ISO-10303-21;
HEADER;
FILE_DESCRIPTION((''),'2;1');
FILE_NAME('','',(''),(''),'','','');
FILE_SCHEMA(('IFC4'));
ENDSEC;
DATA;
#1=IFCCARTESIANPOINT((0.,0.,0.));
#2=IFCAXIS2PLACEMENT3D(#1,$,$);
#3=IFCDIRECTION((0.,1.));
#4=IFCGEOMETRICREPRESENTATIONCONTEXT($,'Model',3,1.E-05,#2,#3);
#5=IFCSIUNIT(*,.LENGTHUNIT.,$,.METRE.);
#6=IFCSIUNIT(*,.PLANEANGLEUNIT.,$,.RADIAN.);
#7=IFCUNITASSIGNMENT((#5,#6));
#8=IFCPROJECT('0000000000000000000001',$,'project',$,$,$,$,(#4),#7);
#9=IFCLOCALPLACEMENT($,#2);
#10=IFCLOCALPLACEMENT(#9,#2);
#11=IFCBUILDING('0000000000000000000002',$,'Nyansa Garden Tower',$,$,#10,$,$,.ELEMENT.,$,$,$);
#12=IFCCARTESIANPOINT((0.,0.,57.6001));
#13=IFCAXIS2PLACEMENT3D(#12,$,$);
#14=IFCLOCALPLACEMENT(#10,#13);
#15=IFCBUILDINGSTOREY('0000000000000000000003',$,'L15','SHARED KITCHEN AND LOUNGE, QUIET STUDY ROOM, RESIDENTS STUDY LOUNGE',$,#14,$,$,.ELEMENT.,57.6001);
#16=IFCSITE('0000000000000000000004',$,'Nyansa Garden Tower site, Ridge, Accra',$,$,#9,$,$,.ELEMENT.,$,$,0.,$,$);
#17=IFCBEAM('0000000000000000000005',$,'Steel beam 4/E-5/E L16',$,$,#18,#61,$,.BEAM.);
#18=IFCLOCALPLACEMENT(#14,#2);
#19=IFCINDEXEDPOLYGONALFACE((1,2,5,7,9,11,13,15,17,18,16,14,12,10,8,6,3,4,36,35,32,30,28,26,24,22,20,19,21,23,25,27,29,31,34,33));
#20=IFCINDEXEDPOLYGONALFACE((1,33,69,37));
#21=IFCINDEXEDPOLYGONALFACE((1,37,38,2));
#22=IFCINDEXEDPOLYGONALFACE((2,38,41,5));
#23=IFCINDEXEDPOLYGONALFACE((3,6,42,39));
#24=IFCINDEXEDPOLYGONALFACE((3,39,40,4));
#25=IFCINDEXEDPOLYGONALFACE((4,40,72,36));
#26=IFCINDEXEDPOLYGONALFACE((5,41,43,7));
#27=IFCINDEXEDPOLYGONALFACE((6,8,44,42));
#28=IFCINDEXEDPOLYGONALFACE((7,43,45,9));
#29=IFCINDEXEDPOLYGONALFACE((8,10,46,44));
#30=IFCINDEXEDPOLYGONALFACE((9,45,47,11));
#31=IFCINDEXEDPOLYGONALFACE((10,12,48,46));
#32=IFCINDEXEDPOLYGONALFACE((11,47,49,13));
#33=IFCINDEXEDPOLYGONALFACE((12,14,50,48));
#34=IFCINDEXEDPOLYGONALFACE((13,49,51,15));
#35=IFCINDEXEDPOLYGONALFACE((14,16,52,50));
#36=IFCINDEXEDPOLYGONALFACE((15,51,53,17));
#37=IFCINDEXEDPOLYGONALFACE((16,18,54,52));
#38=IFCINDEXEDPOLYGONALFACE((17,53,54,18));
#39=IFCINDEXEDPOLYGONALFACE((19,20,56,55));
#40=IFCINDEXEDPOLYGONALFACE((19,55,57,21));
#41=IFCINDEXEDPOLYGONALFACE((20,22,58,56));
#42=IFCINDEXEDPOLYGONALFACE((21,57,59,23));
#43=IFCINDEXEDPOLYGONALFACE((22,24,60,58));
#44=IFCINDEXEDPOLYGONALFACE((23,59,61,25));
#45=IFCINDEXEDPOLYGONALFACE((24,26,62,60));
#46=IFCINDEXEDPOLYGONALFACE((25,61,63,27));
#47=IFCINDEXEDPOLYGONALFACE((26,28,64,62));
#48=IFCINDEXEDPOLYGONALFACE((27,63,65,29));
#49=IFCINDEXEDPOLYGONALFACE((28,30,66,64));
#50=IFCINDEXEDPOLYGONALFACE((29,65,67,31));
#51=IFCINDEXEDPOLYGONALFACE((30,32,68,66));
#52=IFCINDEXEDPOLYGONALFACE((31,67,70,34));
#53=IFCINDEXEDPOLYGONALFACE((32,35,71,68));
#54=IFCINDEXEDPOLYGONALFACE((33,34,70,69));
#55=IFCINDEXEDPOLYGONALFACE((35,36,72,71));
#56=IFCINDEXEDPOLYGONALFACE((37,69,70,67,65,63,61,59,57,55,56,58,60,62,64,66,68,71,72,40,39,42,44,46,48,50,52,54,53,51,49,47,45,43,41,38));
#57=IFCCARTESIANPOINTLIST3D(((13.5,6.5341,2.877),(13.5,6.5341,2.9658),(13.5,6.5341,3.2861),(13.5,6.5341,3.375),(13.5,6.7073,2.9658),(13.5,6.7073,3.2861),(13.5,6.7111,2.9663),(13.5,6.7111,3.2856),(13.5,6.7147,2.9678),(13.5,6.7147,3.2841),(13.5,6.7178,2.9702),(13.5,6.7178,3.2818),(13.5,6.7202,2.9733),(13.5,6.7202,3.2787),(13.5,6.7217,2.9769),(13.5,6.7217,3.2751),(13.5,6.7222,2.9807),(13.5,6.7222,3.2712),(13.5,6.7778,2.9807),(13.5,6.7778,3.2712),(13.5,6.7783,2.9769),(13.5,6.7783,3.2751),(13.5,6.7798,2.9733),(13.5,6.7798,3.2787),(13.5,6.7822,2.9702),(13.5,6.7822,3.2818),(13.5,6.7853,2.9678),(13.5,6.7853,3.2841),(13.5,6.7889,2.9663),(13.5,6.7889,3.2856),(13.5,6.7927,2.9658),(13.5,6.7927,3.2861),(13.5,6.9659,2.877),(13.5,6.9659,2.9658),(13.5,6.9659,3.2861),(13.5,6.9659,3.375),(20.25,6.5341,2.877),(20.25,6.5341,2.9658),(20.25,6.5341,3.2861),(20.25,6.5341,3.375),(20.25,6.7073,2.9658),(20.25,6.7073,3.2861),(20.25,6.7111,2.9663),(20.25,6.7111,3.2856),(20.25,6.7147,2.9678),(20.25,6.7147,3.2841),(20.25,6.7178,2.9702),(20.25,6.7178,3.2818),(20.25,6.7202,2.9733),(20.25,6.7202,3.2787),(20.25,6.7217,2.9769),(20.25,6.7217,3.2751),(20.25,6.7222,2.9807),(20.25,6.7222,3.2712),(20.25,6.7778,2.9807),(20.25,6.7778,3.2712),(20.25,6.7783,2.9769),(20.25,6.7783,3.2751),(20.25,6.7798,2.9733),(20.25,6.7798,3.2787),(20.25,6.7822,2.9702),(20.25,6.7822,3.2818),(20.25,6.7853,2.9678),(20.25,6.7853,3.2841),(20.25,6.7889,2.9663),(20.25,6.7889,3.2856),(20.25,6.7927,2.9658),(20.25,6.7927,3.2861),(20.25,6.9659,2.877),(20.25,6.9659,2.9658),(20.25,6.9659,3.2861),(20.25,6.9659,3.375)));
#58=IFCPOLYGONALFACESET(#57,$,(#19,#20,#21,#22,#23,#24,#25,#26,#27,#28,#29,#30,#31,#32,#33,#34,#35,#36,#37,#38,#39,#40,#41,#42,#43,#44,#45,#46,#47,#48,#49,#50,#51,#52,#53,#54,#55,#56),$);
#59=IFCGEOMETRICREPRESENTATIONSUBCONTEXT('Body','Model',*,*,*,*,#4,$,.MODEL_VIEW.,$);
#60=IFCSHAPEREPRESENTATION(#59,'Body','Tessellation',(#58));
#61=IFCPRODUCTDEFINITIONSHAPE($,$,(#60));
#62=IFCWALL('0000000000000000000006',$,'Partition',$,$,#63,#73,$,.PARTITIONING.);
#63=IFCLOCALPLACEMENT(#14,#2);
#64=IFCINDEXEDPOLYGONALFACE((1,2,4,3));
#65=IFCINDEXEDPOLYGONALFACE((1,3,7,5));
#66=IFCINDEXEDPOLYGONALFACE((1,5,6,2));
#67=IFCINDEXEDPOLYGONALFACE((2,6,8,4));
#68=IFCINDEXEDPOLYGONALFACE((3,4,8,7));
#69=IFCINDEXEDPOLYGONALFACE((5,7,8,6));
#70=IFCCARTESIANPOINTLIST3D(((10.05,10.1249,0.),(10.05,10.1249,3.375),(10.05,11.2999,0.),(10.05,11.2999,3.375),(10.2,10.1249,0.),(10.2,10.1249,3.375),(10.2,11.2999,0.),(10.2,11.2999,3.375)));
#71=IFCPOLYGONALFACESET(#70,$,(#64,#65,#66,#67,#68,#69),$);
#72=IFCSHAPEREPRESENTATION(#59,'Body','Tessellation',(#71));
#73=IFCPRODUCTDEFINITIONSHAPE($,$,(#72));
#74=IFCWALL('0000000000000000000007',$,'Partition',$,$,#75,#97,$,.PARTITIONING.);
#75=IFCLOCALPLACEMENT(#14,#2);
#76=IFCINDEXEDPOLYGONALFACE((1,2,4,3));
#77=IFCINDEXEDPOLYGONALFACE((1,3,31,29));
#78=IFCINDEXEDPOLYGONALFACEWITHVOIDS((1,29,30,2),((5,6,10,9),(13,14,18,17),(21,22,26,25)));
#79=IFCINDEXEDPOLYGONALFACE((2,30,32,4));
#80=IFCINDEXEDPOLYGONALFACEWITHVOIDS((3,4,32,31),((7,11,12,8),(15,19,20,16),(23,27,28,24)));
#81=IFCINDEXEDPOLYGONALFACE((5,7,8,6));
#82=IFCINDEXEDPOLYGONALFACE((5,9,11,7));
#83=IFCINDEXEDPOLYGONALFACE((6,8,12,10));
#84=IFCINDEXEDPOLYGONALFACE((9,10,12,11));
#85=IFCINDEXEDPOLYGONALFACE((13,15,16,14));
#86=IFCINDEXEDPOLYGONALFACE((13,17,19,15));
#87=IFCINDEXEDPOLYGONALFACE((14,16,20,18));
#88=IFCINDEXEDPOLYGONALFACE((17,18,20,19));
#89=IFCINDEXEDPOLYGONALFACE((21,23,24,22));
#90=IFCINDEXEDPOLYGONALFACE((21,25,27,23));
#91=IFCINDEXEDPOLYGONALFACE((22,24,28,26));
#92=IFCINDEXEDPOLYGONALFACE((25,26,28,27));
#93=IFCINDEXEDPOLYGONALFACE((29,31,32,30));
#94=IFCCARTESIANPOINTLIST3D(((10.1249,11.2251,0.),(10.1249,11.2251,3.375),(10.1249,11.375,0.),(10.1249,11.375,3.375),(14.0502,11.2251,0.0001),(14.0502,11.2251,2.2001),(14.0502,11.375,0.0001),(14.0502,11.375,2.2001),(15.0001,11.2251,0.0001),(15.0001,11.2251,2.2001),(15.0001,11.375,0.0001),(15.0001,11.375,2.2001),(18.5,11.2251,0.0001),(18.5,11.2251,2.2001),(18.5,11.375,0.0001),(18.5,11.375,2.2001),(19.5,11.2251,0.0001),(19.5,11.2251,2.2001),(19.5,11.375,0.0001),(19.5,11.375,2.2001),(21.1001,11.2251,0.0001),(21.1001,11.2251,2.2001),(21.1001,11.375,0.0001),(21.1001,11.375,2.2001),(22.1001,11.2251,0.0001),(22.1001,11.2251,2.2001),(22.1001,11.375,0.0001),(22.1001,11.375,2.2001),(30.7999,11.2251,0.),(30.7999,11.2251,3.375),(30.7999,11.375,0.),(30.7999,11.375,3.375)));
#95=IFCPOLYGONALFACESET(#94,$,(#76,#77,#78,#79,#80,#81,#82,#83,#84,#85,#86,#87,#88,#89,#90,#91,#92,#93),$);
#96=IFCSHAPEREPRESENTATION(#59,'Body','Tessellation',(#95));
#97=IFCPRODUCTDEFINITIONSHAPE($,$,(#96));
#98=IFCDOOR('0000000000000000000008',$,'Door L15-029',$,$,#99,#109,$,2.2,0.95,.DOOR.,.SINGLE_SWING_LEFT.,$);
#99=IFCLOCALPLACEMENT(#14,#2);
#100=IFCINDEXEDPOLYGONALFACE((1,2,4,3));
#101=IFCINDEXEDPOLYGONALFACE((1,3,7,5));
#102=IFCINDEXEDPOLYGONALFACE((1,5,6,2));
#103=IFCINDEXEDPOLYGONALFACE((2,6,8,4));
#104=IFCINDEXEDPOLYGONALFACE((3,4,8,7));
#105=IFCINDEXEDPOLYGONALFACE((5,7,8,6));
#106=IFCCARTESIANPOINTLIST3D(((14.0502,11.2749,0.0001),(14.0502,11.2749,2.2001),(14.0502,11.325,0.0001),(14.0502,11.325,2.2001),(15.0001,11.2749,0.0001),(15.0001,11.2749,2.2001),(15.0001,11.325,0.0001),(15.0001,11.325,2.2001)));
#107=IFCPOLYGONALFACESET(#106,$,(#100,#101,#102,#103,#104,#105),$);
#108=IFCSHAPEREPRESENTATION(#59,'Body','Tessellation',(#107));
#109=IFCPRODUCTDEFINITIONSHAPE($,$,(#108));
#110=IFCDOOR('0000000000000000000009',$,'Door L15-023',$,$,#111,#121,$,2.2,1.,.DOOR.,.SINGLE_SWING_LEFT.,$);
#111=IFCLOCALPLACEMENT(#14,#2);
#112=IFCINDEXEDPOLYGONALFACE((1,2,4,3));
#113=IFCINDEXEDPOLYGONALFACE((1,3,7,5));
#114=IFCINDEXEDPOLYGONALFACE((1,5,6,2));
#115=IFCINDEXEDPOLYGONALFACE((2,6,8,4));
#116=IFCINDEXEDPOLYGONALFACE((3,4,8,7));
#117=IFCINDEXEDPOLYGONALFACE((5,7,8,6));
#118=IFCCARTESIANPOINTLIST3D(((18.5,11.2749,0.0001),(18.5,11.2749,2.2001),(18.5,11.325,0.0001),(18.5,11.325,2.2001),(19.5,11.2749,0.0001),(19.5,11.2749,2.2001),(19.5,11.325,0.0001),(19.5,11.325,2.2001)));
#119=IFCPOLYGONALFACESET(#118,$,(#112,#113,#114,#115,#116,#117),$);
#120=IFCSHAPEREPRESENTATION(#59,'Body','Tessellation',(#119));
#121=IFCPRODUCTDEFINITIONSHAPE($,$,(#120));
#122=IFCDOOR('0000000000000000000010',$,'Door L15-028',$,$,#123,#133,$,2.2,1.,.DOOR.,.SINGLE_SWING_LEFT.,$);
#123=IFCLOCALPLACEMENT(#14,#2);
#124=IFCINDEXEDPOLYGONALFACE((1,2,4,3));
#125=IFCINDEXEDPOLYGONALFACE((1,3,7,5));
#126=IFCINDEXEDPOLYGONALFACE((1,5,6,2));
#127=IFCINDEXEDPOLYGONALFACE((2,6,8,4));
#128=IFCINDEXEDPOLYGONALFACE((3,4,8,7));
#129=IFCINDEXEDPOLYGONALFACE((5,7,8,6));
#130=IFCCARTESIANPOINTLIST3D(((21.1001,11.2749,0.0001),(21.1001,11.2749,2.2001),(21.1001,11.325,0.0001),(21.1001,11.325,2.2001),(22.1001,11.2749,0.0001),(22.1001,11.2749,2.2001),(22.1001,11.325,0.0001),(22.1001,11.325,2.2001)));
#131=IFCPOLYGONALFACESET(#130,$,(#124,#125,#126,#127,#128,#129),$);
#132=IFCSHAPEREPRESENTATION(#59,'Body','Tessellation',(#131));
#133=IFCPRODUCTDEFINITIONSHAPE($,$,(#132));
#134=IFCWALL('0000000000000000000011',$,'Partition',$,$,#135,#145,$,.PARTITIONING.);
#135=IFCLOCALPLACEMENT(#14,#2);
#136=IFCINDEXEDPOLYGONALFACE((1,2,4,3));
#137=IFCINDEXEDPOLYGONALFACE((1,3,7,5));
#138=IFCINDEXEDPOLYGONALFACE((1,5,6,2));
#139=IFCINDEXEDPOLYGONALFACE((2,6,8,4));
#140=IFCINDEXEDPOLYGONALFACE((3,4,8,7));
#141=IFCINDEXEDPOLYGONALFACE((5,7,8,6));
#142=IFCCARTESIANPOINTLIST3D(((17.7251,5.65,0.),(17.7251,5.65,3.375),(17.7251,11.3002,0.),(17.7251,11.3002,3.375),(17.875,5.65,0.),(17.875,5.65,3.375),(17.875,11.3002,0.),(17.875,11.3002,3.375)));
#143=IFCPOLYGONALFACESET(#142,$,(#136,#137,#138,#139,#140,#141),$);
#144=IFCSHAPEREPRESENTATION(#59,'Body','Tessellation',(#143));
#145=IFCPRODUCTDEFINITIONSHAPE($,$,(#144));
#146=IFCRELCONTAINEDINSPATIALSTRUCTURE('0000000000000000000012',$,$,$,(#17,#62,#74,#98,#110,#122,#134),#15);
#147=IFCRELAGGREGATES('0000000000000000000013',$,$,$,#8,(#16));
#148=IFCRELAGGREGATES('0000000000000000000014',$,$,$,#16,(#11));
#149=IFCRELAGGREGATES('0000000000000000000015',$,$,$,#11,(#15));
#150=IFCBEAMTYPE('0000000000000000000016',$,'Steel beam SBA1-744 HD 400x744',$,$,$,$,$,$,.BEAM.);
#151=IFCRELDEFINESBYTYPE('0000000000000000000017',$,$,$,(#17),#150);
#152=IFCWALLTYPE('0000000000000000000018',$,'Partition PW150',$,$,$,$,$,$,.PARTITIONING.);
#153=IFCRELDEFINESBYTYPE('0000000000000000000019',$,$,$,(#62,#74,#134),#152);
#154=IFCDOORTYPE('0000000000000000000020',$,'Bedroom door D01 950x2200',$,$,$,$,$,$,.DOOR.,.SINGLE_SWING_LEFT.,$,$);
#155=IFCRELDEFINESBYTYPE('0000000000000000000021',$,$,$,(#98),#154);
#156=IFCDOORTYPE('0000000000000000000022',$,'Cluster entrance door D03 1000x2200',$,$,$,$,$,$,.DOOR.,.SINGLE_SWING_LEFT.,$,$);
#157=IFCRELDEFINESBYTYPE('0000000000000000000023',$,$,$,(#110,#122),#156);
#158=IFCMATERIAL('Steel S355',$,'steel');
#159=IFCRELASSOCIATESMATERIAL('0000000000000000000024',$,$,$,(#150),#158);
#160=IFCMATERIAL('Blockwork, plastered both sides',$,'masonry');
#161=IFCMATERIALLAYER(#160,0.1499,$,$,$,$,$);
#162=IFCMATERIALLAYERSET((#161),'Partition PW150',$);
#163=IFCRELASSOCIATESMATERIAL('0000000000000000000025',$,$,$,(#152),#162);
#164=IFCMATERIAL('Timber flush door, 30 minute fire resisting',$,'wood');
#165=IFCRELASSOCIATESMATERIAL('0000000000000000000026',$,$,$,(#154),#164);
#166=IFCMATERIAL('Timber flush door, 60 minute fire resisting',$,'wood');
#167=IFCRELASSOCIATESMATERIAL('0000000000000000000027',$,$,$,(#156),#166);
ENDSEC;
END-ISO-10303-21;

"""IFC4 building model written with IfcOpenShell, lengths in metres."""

from ifc_helpers import new_model, si_unit, direction, frame, frame_2d, origin, origin_2d, place, context, subcontext, project, spatial, rectangle, i_section, extrude, material, layer, layer_set, material_profile, profile_set, type_object, element, fill, save


model = new_model("IFC4")

# Units and contexts
model_context = context("Model", 3, precision=1e-05, world=origin(), true_north=direction((0.0, 1.0)))
body_context = subcontext(model_context, "Body", "Model", "MODEL_VIEW")
ifc_project = project(units=[si_unit("LENGTHUNIT", "METRE"), si_unit("PLANEANGLEUNIT", "RADIAN")], contexts=[model_context])

# Site, building, storey
site_placement = place(None, origin())
site = spatial("IfcSite", under=ifc_project, at=site_placement, Name="Nyansa Garden Tower site, Ridge, Accra", CompositionType="ELEMENT", RefElevation=0.0)
building_placement = place(site_placement, origin())
building = spatial("IfcBuilding", under=site, at=building_placement, Name="Nyansa Garden Tower", CompositionType="ELEMENT")
storey_placement = place(building_placement, frame((0.0, 0.0, 57.6001)))
storey = spatial("IfcBuildingStorey", under=building, at=storey_placement, Name="L15", Description="SHARED KITCHEN AND LOUNGE, QUIET STUDY ROOM, RESIDENTS STUDY LOUNGE", CompositionType="ELEMENT", Elevation=57.6001)

# Beam
ifc_material_1 = material(Name="Steel S355", Category="steel")
ifc_material_profile_1 = material_profile(ifc_material_1, i_section(OverallWidth=0.4319, OverallDepth=0.498, WebThickness=0.0557, FlangeThickness=0.0889, FilletRadius=0.0149, at=origin_2d()), Name="HD 400x744")
ifc_profile_set_1 = profile_set([ifc_material_profile_1], Name="Steel S355")
beam_type = type_object("IfcBeamType", Name="Steel beam SBA1-744 HD 400x744", PredefinedType="BEAM", material=ifc_profile_set_1)
beam_1_placement = place(storey_placement, frame((13.5, 6.75, 3.126), z_axis=(1.0, 0.0, 0.0), x_axis=(0.0, 1.0, 0.0)))
element("IfcBeam", 1, at=beam_1_placement, inside=storey, type_object=beam_type, Name="Steel beam 4/E-5/E L16", PredefinedType="BEAM", context=body_context, shape_type="SweptSolid", body=[
    extrude(i_section(OverallWidth=0.4319, OverallDepth=0.498, WebThickness=0.0557, FlangeThickness=0.0889, FilletRadius=0.0149, at=origin_2d()), origin(), (0.0, 0.0, 1.0), 6.75),
])

# Wall
ifc_material_2 = material(Name="Blockwork, plastered both sides", Category="masonry")
ifc_layer_1 = layer(ifc_material_2, 0.1499)
ifc_layer_set_1 = layer_set([ifc_layer_1], Name="Partition PW150")
wall_type_1 = type_object("IfcWallType", Name="Partition PW150", PredefinedType="PARTITIONING", material=ifc_layer_set_1)
wall_1_placement = place(storey_placement, frame((10.125, 10.125, 0.0), z_axis=(0.0, 0.0, 1.0), x_axis=(0.0, 1.0, 0.0)))
element("IfcWall", 2, at=wall_1_placement, inside=storey, type_object=wall_type_1, Name="Partition", PredefinedType="PARTITIONING", context=body_context, shape_type="SweptSolid", body=[
    extrude(rectangle(XDim=1.175, YDim=0.1499, at=frame_2d((0.5874, 0.0))), origin(), (0.0, 0.0, 1.0), 3.375),
])

# Wall, openings, doors
wall_2_placement = place(storey_placement, frame((10.125, 11.3, 0.0), z_axis=(0.0, 0.0, 1.0), x_axis=(1.0, 0.0, 0.0)))
wall_2 = element("IfcWall", 3, at=wall_2_placement, inside=storey, type_object=wall_type_1, Name="Partition", PredefinedType="PARTITIONING", context=body_context, shape_type="SweptSolid", body=[
    extrude(rectangle(XDim=20.675, YDim=0.1499, at=frame_2d((10.3374, 0.0))), origin(), (0.0, 0.0, 1.0), 3.375),
])
opening_1_placement = place(wall_2_placement, frame((8.375, 0.0, 0.0)))
opening_1 = element("IfcOpeningElement", 4, at=opening_1_placement, cuts=wall_2, PredefinedType="OPENING", context=body_context, shape_type="SweptSolid", body=[
    extrude(rectangle(XDim=1.0, YDim=2.2, at=frame_2d((0.5, 1.1001))), frame((0.0, 0.085, 0.0), z_axis=(0.0, -1.0, 0.0), x_axis=(1.0, 0.0, 0.0)), (0.0, 0.0, 1.0), 0.1699),
])
opening_2_placement = place(wall_2_placement, frame((10.9751, 0.0, 0.0)))
opening_2 = element("IfcOpeningElement", 5, at=opening_2_placement, cuts=wall_2, PredefinedType="OPENING", context=body_context, shape_type="SweptSolid", body=[
    extrude(rectangle(XDim=1.0, YDim=2.2, at=frame_2d((0.5, 1.1001))), frame((0.0, 0.085, 0.0), z_axis=(0.0, -1.0, 0.0), x_axis=(1.0, 0.0, 0.0)), (0.0, 0.0, 1.0), 0.1699),
])
opening_3_placement = place(wall_2_placement, frame((3.925, 0.0, 0.0)))
opening_3 = element("IfcOpeningElement", 6, at=opening_3_placement, cuts=wall_2, PredefinedType="OPENING", context=body_context, shape_type="SweptSolid", body=[
    extrude(rectangle(XDim=0.95, YDim=2.2, at=frame_2d((0.4751, 1.1001))), frame((0.0, 0.085, 0.0), z_axis=(0.0, -1.0, 0.0), x_axis=(1.0, 0.0, 0.0)), (0.0, 0.0, 1.0), 0.1699),
])
ifc_material_3 = material(Name="Timber flush door, 30 minute fire resisting", Category="wood")
door_type_1 = type_object("IfcDoorType", Name="Bedroom door D01 950x2200", OperationType="SINGLE_SWING_LEFT", PredefinedType="DOOR", material=ifc_material_3)
door_1_placement = place(opening_3_placement, origin())
door_1 = element("IfcDoor", 7, at=door_1_placement, inside=storey, type_object=door_type_1, Name="Door L15-029", OperationType="SINGLE_SWING_LEFT", OverallHeight=2.2, OverallWidth=0.95, PredefinedType="DOOR", context=body_context, shape_type="SweptSolid", body=[
    extrude(rectangle(XDim=0.95, YDim=2.2, at=frame_2d((0.4751, 1.1001))), frame((0.0, 0.0249, 0.0), z_axis=(0.0, -1.0, 0.0), x_axis=(1.0, 0.0, 0.0)), (0.0, 0.0, 1.0), 0.05),
])
fill(opening_3, door_1)
ifc_material_4 = material(Name="Timber flush door, 60 minute fire resisting", Category="wood")
door_type_2 = type_object("IfcDoorType", Name="Cluster entrance door D03 1000x2200", OperationType="SINGLE_SWING_LEFT", PredefinedType="DOOR", material=ifc_material_4)
door_2_placement = place(opening_1_placement, origin())
door_2 = element("IfcDoor", 8, at=door_2_placement, inside=storey, type_object=door_type_2, Name="Door L15-023", OperationType="SINGLE_SWING_LEFT", OverallHeight=2.2, OverallWidth=1.0, PredefinedType="DOOR", context=body_context, shape_type="SweptSolid", body=[
    extrude(rectangle(XDim=1.0, YDim=2.2, at=frame_2d((0.5, 1.1001))), frame((0.0, 0.0249, 0.0), z_axis=(0.0, -1.0, 0.0), x_axis=(1.0, 0.0, 0.0)), (0.0, 0.0, 1.0), 0.05),
])
fill(opening_1, door_2)
door_3_placement = place(opening_2_placement, origin())
door_3 = element("IfcDoor", 9, at=door_3_placement, inside=storey, type_object=door_type_2, Name="Door L15-028", OperationType="SINGLE_SWING_LEFT", OverallHeight=2.2, OverallWidth=1.0, PredefinedType="DOOR", context=body_context, shape_type="SweptSolid", body=[
    extrude(rectangle(XDim=1.0, YDim=2.2, at=frame_2d((0.5, 1.1001))), frame((0.0, 0.0249, 0.0), z_axis=(0.0, -1.0, 0.0), x_axis=(1.0, 0.0, 0.0)), (0.0, 0.0, 1.0), 0.05),
])
fill(opening_2, door_3)

# Wall
wall_3_placement = place(storey_placement, frame((17.8, 5.6499, 0.0), z_axis=(0.0, 0.0, 1.0), x_axis=(0.0, 1.0, 0.0)))
element("IfcWall", 10, at=wall_3_placement, inside=storey, type_object=wall_type_1, Name="Partition", PredefinedType="PARTITIONING", context=body_context, shape_type="SweptSolid", body=[
    extrude(rectangle(XDim=5.6501, YDim=0.1499, at=frame_2d((2.8252, 0.0))), origin(), (0.0, 0.0, 1.0), 3.375),
])

save(model, "model.ifc")
